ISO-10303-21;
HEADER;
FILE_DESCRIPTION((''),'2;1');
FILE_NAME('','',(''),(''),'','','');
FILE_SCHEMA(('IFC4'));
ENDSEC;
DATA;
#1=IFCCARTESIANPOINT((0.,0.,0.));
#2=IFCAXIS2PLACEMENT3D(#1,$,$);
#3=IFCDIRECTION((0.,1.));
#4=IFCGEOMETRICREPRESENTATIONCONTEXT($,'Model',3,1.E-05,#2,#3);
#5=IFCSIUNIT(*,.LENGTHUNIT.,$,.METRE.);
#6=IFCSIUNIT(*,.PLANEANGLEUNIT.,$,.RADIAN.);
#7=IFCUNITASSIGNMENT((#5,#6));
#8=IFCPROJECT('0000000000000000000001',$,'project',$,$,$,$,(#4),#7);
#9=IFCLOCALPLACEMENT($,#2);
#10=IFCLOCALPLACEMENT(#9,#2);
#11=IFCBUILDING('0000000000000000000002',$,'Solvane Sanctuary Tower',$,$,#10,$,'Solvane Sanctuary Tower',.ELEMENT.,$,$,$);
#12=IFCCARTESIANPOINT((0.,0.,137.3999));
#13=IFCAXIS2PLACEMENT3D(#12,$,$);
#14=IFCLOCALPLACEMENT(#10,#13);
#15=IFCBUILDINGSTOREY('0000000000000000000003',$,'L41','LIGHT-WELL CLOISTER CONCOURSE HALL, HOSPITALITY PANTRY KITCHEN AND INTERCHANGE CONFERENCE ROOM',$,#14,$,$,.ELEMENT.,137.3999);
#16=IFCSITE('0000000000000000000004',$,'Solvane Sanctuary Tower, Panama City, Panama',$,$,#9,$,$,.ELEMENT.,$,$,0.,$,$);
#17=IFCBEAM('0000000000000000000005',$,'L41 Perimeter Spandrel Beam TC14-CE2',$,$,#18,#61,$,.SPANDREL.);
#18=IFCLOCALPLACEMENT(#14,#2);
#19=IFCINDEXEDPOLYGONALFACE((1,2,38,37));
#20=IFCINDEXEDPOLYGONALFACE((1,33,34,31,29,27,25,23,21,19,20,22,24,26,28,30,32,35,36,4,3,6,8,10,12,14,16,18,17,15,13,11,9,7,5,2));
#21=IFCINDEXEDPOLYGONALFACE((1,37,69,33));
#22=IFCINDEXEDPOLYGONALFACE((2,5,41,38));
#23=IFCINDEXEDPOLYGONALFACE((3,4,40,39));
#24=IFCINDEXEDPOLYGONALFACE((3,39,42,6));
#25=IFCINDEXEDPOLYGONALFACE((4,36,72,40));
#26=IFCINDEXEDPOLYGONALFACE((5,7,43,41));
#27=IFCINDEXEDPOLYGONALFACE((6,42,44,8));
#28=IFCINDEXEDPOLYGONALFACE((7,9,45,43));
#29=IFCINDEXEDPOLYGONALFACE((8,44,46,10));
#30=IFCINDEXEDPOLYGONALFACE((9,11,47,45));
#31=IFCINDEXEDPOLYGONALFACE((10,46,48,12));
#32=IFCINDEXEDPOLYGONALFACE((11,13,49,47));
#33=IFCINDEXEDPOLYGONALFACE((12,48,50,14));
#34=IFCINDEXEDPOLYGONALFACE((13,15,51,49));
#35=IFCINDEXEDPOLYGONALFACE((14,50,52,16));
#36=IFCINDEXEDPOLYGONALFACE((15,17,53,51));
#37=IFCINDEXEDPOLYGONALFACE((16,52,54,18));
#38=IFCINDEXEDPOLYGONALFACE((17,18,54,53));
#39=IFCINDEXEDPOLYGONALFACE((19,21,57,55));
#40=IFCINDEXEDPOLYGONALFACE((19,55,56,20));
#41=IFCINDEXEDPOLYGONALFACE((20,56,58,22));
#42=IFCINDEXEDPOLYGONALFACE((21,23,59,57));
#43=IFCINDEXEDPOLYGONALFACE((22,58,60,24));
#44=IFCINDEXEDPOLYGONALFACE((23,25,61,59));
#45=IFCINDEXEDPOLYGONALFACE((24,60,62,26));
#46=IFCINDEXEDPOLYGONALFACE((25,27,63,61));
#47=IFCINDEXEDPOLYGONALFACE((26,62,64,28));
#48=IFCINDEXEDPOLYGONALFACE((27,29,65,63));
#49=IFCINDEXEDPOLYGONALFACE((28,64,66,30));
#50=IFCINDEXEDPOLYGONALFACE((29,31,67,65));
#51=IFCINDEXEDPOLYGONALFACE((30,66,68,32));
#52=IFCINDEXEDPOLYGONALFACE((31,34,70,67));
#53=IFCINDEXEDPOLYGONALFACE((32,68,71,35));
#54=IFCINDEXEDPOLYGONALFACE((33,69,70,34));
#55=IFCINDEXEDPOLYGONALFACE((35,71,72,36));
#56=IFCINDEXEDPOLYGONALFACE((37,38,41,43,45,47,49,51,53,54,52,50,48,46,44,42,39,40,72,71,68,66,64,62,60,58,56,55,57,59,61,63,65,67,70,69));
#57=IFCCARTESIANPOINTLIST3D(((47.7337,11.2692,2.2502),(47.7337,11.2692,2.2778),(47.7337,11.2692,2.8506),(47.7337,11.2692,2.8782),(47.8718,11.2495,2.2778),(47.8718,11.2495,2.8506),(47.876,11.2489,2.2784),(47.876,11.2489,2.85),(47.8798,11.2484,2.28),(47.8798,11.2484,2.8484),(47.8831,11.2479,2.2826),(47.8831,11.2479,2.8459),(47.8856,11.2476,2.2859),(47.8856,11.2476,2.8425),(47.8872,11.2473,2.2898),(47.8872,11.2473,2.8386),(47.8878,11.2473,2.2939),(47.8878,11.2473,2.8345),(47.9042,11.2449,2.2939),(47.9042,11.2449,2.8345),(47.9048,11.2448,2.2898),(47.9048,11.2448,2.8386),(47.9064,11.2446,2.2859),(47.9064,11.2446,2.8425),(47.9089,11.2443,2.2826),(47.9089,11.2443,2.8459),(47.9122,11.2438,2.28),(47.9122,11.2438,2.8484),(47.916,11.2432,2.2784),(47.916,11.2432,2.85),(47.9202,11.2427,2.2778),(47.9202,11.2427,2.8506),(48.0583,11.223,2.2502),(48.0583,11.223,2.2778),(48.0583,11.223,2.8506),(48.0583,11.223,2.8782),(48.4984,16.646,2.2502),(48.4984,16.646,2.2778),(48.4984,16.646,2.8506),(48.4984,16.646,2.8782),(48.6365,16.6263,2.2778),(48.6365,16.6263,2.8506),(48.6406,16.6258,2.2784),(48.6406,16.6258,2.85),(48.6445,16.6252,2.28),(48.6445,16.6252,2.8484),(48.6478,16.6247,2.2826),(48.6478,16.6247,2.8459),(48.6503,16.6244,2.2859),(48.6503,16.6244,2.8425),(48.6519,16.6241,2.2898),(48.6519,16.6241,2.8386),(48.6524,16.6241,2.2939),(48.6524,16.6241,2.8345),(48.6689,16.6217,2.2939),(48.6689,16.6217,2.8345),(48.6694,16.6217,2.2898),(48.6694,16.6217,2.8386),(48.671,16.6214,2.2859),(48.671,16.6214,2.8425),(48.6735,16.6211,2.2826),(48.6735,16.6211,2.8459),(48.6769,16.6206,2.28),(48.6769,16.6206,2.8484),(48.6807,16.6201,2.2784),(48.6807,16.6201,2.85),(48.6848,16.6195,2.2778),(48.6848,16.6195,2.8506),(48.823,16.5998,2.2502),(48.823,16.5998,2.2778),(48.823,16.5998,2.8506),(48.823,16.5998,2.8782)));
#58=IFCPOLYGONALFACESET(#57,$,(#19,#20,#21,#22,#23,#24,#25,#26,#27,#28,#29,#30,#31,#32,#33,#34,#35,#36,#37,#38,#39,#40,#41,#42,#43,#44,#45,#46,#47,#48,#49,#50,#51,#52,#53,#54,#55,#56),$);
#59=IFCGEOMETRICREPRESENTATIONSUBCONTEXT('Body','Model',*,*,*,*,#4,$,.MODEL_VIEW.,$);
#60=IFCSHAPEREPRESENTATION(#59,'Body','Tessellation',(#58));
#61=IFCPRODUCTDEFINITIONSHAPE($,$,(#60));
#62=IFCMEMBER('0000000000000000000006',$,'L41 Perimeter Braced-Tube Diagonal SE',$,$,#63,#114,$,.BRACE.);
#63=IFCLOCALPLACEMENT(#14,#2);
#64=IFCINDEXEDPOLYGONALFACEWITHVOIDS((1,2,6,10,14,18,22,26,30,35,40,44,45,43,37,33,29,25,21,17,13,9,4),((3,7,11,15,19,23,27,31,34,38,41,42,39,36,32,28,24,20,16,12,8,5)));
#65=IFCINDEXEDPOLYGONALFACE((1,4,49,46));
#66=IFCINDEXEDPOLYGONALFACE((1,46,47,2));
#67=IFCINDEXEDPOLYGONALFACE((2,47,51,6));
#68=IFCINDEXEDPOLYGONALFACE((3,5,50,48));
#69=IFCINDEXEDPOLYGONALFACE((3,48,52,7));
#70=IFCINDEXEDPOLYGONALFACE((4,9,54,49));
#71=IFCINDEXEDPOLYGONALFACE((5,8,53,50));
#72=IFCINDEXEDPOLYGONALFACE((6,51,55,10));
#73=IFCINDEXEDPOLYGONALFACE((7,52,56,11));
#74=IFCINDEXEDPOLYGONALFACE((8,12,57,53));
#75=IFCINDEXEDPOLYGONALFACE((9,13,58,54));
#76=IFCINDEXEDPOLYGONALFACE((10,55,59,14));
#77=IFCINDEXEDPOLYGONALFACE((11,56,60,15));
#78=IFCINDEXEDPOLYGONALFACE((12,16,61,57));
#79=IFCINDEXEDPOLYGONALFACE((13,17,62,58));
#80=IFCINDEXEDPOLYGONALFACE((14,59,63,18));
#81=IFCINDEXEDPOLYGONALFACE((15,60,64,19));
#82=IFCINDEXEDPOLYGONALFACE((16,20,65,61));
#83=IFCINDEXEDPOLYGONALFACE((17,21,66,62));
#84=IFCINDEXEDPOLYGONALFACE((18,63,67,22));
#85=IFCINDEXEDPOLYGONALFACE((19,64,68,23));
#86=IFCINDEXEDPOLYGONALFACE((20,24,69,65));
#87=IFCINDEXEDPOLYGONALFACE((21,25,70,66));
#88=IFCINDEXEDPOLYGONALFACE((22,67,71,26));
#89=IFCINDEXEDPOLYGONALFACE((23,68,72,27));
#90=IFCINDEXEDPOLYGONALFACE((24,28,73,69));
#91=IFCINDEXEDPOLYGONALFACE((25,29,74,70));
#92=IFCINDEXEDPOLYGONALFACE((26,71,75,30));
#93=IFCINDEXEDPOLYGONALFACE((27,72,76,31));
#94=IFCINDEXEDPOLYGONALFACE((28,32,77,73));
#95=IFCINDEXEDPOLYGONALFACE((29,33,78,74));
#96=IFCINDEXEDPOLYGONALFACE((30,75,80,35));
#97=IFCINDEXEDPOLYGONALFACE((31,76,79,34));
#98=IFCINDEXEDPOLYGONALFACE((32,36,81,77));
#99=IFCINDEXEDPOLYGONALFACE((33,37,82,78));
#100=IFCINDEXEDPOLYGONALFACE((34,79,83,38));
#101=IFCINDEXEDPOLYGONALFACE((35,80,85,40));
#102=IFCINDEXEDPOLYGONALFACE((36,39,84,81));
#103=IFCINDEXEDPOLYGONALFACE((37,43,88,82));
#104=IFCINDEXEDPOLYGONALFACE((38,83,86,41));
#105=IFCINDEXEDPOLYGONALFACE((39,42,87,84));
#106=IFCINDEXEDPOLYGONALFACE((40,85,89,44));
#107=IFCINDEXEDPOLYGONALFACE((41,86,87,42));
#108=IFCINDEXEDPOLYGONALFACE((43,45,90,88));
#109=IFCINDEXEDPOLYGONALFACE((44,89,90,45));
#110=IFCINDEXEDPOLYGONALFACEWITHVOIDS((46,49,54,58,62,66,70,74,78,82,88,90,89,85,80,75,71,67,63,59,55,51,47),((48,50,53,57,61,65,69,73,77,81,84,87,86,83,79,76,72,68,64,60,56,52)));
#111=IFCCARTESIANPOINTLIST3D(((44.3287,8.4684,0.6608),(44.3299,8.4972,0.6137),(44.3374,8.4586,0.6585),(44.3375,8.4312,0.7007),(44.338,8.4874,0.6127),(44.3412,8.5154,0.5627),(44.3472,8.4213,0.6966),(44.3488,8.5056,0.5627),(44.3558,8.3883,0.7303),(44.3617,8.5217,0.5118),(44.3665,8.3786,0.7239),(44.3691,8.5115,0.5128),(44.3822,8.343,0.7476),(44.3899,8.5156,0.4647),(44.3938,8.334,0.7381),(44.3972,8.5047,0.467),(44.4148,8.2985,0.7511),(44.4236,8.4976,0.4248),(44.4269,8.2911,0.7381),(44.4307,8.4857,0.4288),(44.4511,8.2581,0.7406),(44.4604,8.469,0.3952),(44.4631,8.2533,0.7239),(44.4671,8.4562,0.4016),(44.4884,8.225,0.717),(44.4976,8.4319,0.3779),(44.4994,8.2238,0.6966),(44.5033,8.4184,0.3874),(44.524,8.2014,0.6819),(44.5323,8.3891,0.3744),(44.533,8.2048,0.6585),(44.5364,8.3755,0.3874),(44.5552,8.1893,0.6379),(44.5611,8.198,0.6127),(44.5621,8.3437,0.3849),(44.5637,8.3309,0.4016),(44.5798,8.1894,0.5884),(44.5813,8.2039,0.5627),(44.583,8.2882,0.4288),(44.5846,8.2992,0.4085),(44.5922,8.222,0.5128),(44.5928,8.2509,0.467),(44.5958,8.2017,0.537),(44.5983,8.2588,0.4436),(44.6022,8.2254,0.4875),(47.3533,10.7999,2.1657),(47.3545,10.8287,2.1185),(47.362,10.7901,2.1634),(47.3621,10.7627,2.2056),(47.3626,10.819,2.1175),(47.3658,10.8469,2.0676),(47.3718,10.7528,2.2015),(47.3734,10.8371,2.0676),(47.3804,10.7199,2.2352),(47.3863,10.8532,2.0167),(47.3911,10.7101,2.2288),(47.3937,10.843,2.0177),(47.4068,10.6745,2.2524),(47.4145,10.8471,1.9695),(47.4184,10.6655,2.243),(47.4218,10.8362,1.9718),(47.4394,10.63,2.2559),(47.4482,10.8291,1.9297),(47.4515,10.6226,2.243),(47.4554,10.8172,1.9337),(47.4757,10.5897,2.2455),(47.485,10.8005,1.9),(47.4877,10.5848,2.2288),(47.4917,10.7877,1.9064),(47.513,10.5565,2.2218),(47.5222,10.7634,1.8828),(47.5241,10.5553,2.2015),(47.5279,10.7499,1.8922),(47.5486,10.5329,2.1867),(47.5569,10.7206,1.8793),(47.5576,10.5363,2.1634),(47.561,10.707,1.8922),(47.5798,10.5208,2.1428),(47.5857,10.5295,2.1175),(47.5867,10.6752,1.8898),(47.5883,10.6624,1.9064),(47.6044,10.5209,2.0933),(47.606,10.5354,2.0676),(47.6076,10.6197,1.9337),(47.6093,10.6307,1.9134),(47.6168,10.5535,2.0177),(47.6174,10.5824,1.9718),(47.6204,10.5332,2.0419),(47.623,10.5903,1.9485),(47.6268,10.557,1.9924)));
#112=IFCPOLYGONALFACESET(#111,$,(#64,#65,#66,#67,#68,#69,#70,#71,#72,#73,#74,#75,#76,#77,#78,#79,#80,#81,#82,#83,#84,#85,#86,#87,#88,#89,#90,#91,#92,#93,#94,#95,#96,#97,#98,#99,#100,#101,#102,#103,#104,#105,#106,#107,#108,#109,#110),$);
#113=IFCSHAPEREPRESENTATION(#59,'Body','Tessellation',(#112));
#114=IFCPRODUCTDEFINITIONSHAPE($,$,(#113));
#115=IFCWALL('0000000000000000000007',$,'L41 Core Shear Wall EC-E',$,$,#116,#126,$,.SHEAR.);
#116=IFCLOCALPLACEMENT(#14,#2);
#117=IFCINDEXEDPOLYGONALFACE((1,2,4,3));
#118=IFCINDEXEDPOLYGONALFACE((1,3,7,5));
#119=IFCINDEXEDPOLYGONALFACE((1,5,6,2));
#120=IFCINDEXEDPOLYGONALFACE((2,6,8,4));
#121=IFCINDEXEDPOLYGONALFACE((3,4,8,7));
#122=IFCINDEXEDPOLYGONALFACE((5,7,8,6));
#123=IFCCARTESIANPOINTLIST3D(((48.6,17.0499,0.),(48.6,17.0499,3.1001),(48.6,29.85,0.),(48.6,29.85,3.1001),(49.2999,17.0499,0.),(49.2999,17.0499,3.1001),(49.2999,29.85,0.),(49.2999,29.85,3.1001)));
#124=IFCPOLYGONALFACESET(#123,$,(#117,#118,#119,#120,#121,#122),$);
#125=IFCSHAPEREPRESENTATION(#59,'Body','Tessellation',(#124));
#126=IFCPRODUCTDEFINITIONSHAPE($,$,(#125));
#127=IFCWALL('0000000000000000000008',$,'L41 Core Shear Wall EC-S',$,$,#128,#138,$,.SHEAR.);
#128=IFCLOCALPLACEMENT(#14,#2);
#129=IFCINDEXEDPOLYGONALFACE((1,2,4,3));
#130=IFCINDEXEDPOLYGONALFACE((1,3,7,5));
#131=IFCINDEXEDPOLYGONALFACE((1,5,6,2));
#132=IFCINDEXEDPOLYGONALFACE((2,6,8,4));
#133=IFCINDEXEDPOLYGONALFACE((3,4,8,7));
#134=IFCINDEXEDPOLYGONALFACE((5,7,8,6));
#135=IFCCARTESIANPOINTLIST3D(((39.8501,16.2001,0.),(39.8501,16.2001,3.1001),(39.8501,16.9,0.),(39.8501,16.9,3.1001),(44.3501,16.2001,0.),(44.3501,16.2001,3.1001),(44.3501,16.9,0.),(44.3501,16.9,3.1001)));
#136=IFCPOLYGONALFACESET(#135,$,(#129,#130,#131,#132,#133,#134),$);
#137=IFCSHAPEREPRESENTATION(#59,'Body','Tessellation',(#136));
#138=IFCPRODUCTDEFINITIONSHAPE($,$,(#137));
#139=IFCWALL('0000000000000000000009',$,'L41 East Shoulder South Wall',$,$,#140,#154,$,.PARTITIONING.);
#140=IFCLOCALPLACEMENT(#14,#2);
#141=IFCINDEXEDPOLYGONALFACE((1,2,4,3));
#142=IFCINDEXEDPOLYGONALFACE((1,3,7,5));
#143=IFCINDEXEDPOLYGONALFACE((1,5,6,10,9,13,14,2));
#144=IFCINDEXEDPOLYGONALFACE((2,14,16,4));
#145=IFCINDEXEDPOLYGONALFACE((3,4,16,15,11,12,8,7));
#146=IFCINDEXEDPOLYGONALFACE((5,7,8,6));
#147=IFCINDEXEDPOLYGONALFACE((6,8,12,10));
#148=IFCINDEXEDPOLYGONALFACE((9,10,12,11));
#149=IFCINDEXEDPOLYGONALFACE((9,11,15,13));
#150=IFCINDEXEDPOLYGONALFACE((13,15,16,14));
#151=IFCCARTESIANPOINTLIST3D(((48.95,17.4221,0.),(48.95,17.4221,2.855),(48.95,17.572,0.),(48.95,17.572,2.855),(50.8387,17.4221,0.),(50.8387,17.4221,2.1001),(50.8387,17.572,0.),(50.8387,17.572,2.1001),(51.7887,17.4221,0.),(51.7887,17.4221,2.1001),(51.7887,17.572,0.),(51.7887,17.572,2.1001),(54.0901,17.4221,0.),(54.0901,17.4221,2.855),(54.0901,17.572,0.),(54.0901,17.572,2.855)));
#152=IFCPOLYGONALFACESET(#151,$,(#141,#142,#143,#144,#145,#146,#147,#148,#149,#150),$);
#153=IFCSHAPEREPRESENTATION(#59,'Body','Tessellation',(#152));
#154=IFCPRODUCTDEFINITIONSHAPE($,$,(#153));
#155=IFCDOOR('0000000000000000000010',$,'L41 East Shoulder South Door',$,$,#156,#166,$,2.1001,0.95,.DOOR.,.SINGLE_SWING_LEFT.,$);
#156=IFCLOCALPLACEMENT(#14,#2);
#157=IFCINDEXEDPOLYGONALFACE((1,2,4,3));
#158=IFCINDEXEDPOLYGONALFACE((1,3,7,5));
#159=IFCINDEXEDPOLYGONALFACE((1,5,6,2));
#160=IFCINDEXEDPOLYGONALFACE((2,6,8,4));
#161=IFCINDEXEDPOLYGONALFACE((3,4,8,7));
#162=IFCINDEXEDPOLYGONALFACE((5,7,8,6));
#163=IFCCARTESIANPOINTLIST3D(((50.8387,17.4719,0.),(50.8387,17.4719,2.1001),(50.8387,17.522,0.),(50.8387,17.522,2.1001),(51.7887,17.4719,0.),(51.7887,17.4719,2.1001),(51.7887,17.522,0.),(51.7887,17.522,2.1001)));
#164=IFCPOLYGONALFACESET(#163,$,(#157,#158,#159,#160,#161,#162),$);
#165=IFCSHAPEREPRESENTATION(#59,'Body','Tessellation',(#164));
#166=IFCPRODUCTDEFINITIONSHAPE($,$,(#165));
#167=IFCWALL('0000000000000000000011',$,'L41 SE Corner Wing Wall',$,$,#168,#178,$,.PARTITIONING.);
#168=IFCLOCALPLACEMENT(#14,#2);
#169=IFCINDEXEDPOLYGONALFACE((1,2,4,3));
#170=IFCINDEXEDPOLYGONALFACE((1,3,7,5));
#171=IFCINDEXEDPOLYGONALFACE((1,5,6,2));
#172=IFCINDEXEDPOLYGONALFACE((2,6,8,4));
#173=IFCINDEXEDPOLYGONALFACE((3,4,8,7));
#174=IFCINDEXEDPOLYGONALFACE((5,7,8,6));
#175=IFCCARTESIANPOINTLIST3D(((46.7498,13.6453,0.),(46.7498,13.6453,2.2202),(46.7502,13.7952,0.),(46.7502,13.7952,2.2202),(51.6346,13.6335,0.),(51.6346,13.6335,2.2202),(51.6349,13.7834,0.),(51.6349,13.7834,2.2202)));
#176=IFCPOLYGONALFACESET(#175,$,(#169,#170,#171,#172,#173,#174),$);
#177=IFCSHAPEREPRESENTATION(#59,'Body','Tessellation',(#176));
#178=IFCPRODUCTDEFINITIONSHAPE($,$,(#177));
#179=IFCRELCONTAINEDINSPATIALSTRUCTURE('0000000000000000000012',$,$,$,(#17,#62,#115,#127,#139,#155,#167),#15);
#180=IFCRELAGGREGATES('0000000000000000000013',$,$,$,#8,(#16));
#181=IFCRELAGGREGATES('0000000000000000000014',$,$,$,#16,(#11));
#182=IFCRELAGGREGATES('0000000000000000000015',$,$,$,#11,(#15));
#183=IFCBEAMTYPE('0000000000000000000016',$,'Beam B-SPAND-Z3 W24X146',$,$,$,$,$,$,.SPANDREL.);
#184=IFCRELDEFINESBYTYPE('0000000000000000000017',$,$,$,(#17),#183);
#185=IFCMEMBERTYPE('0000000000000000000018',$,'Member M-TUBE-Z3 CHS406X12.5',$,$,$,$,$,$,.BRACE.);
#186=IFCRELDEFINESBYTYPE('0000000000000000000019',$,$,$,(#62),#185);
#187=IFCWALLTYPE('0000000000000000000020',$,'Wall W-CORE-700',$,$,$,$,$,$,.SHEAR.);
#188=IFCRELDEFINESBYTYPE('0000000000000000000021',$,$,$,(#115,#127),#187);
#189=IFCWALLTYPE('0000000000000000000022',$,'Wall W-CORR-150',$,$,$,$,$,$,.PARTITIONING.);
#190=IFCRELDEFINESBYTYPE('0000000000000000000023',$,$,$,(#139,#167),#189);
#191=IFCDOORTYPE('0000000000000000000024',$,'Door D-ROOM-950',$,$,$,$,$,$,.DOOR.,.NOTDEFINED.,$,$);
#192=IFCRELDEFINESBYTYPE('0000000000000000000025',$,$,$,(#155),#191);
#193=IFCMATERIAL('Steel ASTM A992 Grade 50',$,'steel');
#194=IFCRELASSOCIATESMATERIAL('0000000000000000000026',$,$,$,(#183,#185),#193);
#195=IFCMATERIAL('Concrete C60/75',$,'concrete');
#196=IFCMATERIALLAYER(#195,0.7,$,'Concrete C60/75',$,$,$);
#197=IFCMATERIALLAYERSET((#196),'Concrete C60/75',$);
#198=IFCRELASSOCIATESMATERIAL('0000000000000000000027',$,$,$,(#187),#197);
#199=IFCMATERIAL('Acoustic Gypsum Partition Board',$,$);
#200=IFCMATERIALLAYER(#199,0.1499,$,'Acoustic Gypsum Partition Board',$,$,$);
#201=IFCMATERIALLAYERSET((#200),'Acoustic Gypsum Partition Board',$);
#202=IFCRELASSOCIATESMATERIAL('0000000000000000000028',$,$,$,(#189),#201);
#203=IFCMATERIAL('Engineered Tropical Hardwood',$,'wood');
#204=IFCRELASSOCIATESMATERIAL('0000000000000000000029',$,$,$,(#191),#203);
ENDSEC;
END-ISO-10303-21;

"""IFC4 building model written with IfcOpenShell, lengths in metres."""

from ifc_helpers import new_model, si_unit, direction, frame, frame_2d, origin, origin_2d, place, context, subcontext, project, spatial, rectangle, hollow_circle, i_section, extrude, material, layer, layer_set, material_profile, profile_set, type_object, element, fill, save


model = new_model("IFC4")

# Units and contexts
model_context = context("Model", 3, precision=1e-05, world=origin(), true_north=direction((0.0, 1.0)))
body_context = subcontext(model_context, "Body", "Model", "MODEL_VIEW")
ifc_project = project(units=[si_unit("LENGTHUNIT", "METRE"), si_unit("PLANEANGLEUNIT", "RADIAN")], contexts=[model_context])

# Site, building, storey
site_placement = place(None, origin())
site = spatial("IfcSite", under=ifc_project, at=site_placement, Name="Solvane Sanctuary Tower, Panama City, Panama", CompositionType="ELEMENT", RefElevation=0.0)
building_placement = place(site_placement, origin())
building = spatial("IfcBuilding", under=site, at=building_placement, Name="Solvane Sanctuary Tower", LongName="Solvane Sanctuary Tower", CompositionType="ELEMENT")
storey_placement = place(building_placement, frame((0.0, 0.0, 137.3999)))
storey = spatial("IfcBuildingStorey", under=building, at=storey_placement, Name="L41", Description="LIGHT-WELL CLOISTER CONCOURSE HALL, HOSPITALITY PANTRY KITCHEN AND INTERCHANGE CONFERENCE ROOM", CompositionType="ELEMENT", Elevation=137.3999)

# Shared definitions
ifc_material_1 = material(Name="Concrete C60/75", Category="concrete")

# Beam
ifc_material_2 = material(Name="Steel ASTM A992 Grade 50", Category="steel")
ifc_material_profile_1 = material_profile(ifc_material_2, i_section(OverallWidth=0.3279, OverallDepth=0.6279, WebThickness=0.0166, FlangeThickness=0.0276, FilletRadius=0.0161, at=origin_2d()), Name="W24X146")
ifc_profile_set_1 = profile_set([ifc_material_profile_1], Name="Steel ASTM A992 Grade 50")
beam_type_1 = type_object("IfcBeamType", Name="Beam B-SPAND-Z3 W24X146", PredefinedType="SPANDREL", material=ifc_profile_set_1)
beam_1_placement = place(storey_placement, frame((47.896, 11.2461, 2.5642), z_axis=(0.140798, 0.990038, 0.0), x_axis=(-0.990038, 0.140798, 0.0)))
element("IfcBeam", 1, at=beam_1_placement, inside=storey, type_object=beam_type_1, Name="L41 Perimeter Spandrel Beam TC14-CE2", PredefinedType="SPANDREL", context=body_context, shape_type="SweptSolid", body=[
    extrude(i_section(OverallWidth=0.3279, OverallDepth=0.6279, WebThickness=0.0166, FlangeThickness=0.0276, FilletRadius=0.0161, at=origin_2d()), origin(), (0.0, 0.0, 1.0), 5.4309),
])

# Member
ifc_material_profile_2 = material_profile(ifc_material_2, hollow_circle(Radius=0.2029, WallThickness=0.0125, at=origin_2d()), Name="CHS406X12.5")
ifc_profile_set_2 = profile_set([ifc_material_profile_2], Name="Steel ASTM A992 Grade 50")
member_type = type_object("IfcMemberType", Name="Member M-TUBE-Z3 CHS406X12.5", PredefinedType="BRACE", material=ifc_profile_set_2)
member_placement = place(storey_placement, frame((44.4651, 8.3547, 0.5627), z_axis=(0.73686, 0.568005, 0.366616), x_axis=(-0.610514, 0.792006, 0.0)))
element("IfcMember", 2, at=member_placement, inside=storey, type_object=member_type, Name="L41 Perimeter Braced-Tube Diagonal SE", PredefinedType="BRACE", context=body_context, shape_type="SweptSolid", body=[
    extrude(hollow_circle(Radius=0.2029, WallThickness=0.0125, at=origin_2d()), origin(), (0.0, 0.0, 1.0), 4.1047),
])

# Walls
ifc_layer_1 = layer(ifc_material_1, 0.7, Name="Concrete C60/75")
ifc_layer_set_1 = layer_set([ifc_layer_1], Name="Concrete C60/75")
wall_type_1 = type_object("IfcWallType", Name="Wall W-CORE-700", PredefinedType="SHEAR", material=ifc_layer_set_1)
wall_1_placement = place(storey_placement, frame((48.95, 17.05, 0.0), z_axis=(0.0, 0.0, 1.0), x_axis=(0.0, 1.0, 0.0)))
element("IfcWall", 3, at=wall_1_placement, inside=storey, type_object=wall_type_1, Name="L41 Core Shear Wall EC-E", PredefinedType="SHEAR", context=body_context, shape_type="SweptSolid", body=[
    extrude(rectangle(XDim=12.8, YDim=0.7, at=frame_2d((6.3999, 0.0))), origin(), (0.0, 0.0, 1.0), 3.1001),
])
wall_2_placement = place(storey_placement, frame((39.8501, 16.55, 0.0), z_axis=(0.0, 0.0, 1.0), x_axis=(1.0, 0.0, 0.0)))
element("IfcWall", 4, at=wall_2_placement, inside=storey, type_object=wall_type_1, Name="L41 Core Shear Wall EC-S", PredefinedType="SHEAR", context=body_context, shape_type="SweptSolid", body=[
    extrude(rectangle(XDim=4.5, YDim=0.7, at=frame_2d((2.25, 0.0))), origin(), (0.0, 0.0, 1.0), 3.1001),
])

# Wall, opening, door
ifc_material_3 = material(Name="Acoustic Gypsum Partition Board")
ifc_layer_2 = layer(ifc_material_3, 0.1499, Name="Acoustic Gypsum Partition Board")
ifc_layer_set_2 = layer_set([ifc_layer_2], Name="Acoustic Gypsum Partition Board")
wall_type_2 = type_object("IfcWallType", Name="Wall W-CORR-150", PredefinedType="PARTITIONING", material=ifc_layer_set_2)
wall_3_placement = place(storey_placement, frame((48.95, 17.4971, 0.0), z_axis=(0.0, 0.0, 1.0), x_axis=(1.0, 0.0, 0.0)))
wall_3 = element("IfcWall", 5, at=wall_3_placement, inside=storey, type_object=wall_type_2, Name="L41 East Shoulder South Wall", PredefinedType="PARTITIONING", context=body_context, shape_type="SweptSolid", body=[
    extrude(rectangle(XDim=5.1401, YDim=0.1499, at=frame_2d((2.5701, 0.0))), origin(), (0.0, 0.0, 1.0), 2.855),
])
opening_1_placement = place(wall_3_placement, frame((1.8887, 0.0, 0.0)))
opening_1 = element("IfcOpeningElement", 6, at=opening_1_placement, cuts=wall_3, PredefinedType="OPENING", context=body_context, shape_type="SweptSolid", body=[
    extrude(rectangle(XDim=0.95, YDim=2.1001, at=frame_2d((0.4751, 1.05))), frame((0.0, 0.085, 0.0), z_axis=(0.0, -1.0, 0.0), x_axis=(1.0, 0.0, 0.0)), (0.0, 0.0, 1.0), 0.1699),
])
ifc_material_4 = material(Name="Engineered Tropical Hardwood", Category="wood")
door_type = type_object("IfcDoorType", Name="Door D-ROOM-950", OperationType="NOTDEFINED", PredefinedType="DOOR", material=ifc_material_4)
door_placement = place(opening_1_placement, origin())
door = element("IfcDoor", 7, at=door_placement, inside=storey, type_object=door_type, Name="L41 East Shoulder South Door", OperationType="SINGLE_SWING_LEFT", OverallHeight=2.1001, OverallWidth=0.95, PredefinedType="DOOR", context=body_context, shape_type="SweptSolid", body=[
    extrude(rectangle(XDim=0.95, YDim=2.1001, at=frame_2d((0.4751, 1.05))), frame((0.0, 0.0249, 0.0), z_axis=(0.0, -1.0, 0.0), x_axis=(1.0, 0.0, 0.0)), (0.0, 0.0, 1.0), 0.05),
])
fill(opening_1, door)

# Wall
wall_4_placement = place(storey_placement, frame((46.75, 13.7202, 0.0), z_axis=(0.0, 0.0, 1.0), x_axis=(0.999997, -0.002399, 0.0)))
element("IfcWall", 8, at=wall_4_placement, inside=storey, type_object=wall_type_2, Name="L41 SE Corner Wing Wall", PredefinedType="PARTITIONING", context=body_context, shape_type="SweptSolid", body=[
    extrude(rectangle(XDim=4.8848, YDim=0.1499, at=frame_2d((2.4424, 0.0))), origin(), (0.0, 0.0, 1.0), 2.2202),
])

save(model, "model.ifc")
